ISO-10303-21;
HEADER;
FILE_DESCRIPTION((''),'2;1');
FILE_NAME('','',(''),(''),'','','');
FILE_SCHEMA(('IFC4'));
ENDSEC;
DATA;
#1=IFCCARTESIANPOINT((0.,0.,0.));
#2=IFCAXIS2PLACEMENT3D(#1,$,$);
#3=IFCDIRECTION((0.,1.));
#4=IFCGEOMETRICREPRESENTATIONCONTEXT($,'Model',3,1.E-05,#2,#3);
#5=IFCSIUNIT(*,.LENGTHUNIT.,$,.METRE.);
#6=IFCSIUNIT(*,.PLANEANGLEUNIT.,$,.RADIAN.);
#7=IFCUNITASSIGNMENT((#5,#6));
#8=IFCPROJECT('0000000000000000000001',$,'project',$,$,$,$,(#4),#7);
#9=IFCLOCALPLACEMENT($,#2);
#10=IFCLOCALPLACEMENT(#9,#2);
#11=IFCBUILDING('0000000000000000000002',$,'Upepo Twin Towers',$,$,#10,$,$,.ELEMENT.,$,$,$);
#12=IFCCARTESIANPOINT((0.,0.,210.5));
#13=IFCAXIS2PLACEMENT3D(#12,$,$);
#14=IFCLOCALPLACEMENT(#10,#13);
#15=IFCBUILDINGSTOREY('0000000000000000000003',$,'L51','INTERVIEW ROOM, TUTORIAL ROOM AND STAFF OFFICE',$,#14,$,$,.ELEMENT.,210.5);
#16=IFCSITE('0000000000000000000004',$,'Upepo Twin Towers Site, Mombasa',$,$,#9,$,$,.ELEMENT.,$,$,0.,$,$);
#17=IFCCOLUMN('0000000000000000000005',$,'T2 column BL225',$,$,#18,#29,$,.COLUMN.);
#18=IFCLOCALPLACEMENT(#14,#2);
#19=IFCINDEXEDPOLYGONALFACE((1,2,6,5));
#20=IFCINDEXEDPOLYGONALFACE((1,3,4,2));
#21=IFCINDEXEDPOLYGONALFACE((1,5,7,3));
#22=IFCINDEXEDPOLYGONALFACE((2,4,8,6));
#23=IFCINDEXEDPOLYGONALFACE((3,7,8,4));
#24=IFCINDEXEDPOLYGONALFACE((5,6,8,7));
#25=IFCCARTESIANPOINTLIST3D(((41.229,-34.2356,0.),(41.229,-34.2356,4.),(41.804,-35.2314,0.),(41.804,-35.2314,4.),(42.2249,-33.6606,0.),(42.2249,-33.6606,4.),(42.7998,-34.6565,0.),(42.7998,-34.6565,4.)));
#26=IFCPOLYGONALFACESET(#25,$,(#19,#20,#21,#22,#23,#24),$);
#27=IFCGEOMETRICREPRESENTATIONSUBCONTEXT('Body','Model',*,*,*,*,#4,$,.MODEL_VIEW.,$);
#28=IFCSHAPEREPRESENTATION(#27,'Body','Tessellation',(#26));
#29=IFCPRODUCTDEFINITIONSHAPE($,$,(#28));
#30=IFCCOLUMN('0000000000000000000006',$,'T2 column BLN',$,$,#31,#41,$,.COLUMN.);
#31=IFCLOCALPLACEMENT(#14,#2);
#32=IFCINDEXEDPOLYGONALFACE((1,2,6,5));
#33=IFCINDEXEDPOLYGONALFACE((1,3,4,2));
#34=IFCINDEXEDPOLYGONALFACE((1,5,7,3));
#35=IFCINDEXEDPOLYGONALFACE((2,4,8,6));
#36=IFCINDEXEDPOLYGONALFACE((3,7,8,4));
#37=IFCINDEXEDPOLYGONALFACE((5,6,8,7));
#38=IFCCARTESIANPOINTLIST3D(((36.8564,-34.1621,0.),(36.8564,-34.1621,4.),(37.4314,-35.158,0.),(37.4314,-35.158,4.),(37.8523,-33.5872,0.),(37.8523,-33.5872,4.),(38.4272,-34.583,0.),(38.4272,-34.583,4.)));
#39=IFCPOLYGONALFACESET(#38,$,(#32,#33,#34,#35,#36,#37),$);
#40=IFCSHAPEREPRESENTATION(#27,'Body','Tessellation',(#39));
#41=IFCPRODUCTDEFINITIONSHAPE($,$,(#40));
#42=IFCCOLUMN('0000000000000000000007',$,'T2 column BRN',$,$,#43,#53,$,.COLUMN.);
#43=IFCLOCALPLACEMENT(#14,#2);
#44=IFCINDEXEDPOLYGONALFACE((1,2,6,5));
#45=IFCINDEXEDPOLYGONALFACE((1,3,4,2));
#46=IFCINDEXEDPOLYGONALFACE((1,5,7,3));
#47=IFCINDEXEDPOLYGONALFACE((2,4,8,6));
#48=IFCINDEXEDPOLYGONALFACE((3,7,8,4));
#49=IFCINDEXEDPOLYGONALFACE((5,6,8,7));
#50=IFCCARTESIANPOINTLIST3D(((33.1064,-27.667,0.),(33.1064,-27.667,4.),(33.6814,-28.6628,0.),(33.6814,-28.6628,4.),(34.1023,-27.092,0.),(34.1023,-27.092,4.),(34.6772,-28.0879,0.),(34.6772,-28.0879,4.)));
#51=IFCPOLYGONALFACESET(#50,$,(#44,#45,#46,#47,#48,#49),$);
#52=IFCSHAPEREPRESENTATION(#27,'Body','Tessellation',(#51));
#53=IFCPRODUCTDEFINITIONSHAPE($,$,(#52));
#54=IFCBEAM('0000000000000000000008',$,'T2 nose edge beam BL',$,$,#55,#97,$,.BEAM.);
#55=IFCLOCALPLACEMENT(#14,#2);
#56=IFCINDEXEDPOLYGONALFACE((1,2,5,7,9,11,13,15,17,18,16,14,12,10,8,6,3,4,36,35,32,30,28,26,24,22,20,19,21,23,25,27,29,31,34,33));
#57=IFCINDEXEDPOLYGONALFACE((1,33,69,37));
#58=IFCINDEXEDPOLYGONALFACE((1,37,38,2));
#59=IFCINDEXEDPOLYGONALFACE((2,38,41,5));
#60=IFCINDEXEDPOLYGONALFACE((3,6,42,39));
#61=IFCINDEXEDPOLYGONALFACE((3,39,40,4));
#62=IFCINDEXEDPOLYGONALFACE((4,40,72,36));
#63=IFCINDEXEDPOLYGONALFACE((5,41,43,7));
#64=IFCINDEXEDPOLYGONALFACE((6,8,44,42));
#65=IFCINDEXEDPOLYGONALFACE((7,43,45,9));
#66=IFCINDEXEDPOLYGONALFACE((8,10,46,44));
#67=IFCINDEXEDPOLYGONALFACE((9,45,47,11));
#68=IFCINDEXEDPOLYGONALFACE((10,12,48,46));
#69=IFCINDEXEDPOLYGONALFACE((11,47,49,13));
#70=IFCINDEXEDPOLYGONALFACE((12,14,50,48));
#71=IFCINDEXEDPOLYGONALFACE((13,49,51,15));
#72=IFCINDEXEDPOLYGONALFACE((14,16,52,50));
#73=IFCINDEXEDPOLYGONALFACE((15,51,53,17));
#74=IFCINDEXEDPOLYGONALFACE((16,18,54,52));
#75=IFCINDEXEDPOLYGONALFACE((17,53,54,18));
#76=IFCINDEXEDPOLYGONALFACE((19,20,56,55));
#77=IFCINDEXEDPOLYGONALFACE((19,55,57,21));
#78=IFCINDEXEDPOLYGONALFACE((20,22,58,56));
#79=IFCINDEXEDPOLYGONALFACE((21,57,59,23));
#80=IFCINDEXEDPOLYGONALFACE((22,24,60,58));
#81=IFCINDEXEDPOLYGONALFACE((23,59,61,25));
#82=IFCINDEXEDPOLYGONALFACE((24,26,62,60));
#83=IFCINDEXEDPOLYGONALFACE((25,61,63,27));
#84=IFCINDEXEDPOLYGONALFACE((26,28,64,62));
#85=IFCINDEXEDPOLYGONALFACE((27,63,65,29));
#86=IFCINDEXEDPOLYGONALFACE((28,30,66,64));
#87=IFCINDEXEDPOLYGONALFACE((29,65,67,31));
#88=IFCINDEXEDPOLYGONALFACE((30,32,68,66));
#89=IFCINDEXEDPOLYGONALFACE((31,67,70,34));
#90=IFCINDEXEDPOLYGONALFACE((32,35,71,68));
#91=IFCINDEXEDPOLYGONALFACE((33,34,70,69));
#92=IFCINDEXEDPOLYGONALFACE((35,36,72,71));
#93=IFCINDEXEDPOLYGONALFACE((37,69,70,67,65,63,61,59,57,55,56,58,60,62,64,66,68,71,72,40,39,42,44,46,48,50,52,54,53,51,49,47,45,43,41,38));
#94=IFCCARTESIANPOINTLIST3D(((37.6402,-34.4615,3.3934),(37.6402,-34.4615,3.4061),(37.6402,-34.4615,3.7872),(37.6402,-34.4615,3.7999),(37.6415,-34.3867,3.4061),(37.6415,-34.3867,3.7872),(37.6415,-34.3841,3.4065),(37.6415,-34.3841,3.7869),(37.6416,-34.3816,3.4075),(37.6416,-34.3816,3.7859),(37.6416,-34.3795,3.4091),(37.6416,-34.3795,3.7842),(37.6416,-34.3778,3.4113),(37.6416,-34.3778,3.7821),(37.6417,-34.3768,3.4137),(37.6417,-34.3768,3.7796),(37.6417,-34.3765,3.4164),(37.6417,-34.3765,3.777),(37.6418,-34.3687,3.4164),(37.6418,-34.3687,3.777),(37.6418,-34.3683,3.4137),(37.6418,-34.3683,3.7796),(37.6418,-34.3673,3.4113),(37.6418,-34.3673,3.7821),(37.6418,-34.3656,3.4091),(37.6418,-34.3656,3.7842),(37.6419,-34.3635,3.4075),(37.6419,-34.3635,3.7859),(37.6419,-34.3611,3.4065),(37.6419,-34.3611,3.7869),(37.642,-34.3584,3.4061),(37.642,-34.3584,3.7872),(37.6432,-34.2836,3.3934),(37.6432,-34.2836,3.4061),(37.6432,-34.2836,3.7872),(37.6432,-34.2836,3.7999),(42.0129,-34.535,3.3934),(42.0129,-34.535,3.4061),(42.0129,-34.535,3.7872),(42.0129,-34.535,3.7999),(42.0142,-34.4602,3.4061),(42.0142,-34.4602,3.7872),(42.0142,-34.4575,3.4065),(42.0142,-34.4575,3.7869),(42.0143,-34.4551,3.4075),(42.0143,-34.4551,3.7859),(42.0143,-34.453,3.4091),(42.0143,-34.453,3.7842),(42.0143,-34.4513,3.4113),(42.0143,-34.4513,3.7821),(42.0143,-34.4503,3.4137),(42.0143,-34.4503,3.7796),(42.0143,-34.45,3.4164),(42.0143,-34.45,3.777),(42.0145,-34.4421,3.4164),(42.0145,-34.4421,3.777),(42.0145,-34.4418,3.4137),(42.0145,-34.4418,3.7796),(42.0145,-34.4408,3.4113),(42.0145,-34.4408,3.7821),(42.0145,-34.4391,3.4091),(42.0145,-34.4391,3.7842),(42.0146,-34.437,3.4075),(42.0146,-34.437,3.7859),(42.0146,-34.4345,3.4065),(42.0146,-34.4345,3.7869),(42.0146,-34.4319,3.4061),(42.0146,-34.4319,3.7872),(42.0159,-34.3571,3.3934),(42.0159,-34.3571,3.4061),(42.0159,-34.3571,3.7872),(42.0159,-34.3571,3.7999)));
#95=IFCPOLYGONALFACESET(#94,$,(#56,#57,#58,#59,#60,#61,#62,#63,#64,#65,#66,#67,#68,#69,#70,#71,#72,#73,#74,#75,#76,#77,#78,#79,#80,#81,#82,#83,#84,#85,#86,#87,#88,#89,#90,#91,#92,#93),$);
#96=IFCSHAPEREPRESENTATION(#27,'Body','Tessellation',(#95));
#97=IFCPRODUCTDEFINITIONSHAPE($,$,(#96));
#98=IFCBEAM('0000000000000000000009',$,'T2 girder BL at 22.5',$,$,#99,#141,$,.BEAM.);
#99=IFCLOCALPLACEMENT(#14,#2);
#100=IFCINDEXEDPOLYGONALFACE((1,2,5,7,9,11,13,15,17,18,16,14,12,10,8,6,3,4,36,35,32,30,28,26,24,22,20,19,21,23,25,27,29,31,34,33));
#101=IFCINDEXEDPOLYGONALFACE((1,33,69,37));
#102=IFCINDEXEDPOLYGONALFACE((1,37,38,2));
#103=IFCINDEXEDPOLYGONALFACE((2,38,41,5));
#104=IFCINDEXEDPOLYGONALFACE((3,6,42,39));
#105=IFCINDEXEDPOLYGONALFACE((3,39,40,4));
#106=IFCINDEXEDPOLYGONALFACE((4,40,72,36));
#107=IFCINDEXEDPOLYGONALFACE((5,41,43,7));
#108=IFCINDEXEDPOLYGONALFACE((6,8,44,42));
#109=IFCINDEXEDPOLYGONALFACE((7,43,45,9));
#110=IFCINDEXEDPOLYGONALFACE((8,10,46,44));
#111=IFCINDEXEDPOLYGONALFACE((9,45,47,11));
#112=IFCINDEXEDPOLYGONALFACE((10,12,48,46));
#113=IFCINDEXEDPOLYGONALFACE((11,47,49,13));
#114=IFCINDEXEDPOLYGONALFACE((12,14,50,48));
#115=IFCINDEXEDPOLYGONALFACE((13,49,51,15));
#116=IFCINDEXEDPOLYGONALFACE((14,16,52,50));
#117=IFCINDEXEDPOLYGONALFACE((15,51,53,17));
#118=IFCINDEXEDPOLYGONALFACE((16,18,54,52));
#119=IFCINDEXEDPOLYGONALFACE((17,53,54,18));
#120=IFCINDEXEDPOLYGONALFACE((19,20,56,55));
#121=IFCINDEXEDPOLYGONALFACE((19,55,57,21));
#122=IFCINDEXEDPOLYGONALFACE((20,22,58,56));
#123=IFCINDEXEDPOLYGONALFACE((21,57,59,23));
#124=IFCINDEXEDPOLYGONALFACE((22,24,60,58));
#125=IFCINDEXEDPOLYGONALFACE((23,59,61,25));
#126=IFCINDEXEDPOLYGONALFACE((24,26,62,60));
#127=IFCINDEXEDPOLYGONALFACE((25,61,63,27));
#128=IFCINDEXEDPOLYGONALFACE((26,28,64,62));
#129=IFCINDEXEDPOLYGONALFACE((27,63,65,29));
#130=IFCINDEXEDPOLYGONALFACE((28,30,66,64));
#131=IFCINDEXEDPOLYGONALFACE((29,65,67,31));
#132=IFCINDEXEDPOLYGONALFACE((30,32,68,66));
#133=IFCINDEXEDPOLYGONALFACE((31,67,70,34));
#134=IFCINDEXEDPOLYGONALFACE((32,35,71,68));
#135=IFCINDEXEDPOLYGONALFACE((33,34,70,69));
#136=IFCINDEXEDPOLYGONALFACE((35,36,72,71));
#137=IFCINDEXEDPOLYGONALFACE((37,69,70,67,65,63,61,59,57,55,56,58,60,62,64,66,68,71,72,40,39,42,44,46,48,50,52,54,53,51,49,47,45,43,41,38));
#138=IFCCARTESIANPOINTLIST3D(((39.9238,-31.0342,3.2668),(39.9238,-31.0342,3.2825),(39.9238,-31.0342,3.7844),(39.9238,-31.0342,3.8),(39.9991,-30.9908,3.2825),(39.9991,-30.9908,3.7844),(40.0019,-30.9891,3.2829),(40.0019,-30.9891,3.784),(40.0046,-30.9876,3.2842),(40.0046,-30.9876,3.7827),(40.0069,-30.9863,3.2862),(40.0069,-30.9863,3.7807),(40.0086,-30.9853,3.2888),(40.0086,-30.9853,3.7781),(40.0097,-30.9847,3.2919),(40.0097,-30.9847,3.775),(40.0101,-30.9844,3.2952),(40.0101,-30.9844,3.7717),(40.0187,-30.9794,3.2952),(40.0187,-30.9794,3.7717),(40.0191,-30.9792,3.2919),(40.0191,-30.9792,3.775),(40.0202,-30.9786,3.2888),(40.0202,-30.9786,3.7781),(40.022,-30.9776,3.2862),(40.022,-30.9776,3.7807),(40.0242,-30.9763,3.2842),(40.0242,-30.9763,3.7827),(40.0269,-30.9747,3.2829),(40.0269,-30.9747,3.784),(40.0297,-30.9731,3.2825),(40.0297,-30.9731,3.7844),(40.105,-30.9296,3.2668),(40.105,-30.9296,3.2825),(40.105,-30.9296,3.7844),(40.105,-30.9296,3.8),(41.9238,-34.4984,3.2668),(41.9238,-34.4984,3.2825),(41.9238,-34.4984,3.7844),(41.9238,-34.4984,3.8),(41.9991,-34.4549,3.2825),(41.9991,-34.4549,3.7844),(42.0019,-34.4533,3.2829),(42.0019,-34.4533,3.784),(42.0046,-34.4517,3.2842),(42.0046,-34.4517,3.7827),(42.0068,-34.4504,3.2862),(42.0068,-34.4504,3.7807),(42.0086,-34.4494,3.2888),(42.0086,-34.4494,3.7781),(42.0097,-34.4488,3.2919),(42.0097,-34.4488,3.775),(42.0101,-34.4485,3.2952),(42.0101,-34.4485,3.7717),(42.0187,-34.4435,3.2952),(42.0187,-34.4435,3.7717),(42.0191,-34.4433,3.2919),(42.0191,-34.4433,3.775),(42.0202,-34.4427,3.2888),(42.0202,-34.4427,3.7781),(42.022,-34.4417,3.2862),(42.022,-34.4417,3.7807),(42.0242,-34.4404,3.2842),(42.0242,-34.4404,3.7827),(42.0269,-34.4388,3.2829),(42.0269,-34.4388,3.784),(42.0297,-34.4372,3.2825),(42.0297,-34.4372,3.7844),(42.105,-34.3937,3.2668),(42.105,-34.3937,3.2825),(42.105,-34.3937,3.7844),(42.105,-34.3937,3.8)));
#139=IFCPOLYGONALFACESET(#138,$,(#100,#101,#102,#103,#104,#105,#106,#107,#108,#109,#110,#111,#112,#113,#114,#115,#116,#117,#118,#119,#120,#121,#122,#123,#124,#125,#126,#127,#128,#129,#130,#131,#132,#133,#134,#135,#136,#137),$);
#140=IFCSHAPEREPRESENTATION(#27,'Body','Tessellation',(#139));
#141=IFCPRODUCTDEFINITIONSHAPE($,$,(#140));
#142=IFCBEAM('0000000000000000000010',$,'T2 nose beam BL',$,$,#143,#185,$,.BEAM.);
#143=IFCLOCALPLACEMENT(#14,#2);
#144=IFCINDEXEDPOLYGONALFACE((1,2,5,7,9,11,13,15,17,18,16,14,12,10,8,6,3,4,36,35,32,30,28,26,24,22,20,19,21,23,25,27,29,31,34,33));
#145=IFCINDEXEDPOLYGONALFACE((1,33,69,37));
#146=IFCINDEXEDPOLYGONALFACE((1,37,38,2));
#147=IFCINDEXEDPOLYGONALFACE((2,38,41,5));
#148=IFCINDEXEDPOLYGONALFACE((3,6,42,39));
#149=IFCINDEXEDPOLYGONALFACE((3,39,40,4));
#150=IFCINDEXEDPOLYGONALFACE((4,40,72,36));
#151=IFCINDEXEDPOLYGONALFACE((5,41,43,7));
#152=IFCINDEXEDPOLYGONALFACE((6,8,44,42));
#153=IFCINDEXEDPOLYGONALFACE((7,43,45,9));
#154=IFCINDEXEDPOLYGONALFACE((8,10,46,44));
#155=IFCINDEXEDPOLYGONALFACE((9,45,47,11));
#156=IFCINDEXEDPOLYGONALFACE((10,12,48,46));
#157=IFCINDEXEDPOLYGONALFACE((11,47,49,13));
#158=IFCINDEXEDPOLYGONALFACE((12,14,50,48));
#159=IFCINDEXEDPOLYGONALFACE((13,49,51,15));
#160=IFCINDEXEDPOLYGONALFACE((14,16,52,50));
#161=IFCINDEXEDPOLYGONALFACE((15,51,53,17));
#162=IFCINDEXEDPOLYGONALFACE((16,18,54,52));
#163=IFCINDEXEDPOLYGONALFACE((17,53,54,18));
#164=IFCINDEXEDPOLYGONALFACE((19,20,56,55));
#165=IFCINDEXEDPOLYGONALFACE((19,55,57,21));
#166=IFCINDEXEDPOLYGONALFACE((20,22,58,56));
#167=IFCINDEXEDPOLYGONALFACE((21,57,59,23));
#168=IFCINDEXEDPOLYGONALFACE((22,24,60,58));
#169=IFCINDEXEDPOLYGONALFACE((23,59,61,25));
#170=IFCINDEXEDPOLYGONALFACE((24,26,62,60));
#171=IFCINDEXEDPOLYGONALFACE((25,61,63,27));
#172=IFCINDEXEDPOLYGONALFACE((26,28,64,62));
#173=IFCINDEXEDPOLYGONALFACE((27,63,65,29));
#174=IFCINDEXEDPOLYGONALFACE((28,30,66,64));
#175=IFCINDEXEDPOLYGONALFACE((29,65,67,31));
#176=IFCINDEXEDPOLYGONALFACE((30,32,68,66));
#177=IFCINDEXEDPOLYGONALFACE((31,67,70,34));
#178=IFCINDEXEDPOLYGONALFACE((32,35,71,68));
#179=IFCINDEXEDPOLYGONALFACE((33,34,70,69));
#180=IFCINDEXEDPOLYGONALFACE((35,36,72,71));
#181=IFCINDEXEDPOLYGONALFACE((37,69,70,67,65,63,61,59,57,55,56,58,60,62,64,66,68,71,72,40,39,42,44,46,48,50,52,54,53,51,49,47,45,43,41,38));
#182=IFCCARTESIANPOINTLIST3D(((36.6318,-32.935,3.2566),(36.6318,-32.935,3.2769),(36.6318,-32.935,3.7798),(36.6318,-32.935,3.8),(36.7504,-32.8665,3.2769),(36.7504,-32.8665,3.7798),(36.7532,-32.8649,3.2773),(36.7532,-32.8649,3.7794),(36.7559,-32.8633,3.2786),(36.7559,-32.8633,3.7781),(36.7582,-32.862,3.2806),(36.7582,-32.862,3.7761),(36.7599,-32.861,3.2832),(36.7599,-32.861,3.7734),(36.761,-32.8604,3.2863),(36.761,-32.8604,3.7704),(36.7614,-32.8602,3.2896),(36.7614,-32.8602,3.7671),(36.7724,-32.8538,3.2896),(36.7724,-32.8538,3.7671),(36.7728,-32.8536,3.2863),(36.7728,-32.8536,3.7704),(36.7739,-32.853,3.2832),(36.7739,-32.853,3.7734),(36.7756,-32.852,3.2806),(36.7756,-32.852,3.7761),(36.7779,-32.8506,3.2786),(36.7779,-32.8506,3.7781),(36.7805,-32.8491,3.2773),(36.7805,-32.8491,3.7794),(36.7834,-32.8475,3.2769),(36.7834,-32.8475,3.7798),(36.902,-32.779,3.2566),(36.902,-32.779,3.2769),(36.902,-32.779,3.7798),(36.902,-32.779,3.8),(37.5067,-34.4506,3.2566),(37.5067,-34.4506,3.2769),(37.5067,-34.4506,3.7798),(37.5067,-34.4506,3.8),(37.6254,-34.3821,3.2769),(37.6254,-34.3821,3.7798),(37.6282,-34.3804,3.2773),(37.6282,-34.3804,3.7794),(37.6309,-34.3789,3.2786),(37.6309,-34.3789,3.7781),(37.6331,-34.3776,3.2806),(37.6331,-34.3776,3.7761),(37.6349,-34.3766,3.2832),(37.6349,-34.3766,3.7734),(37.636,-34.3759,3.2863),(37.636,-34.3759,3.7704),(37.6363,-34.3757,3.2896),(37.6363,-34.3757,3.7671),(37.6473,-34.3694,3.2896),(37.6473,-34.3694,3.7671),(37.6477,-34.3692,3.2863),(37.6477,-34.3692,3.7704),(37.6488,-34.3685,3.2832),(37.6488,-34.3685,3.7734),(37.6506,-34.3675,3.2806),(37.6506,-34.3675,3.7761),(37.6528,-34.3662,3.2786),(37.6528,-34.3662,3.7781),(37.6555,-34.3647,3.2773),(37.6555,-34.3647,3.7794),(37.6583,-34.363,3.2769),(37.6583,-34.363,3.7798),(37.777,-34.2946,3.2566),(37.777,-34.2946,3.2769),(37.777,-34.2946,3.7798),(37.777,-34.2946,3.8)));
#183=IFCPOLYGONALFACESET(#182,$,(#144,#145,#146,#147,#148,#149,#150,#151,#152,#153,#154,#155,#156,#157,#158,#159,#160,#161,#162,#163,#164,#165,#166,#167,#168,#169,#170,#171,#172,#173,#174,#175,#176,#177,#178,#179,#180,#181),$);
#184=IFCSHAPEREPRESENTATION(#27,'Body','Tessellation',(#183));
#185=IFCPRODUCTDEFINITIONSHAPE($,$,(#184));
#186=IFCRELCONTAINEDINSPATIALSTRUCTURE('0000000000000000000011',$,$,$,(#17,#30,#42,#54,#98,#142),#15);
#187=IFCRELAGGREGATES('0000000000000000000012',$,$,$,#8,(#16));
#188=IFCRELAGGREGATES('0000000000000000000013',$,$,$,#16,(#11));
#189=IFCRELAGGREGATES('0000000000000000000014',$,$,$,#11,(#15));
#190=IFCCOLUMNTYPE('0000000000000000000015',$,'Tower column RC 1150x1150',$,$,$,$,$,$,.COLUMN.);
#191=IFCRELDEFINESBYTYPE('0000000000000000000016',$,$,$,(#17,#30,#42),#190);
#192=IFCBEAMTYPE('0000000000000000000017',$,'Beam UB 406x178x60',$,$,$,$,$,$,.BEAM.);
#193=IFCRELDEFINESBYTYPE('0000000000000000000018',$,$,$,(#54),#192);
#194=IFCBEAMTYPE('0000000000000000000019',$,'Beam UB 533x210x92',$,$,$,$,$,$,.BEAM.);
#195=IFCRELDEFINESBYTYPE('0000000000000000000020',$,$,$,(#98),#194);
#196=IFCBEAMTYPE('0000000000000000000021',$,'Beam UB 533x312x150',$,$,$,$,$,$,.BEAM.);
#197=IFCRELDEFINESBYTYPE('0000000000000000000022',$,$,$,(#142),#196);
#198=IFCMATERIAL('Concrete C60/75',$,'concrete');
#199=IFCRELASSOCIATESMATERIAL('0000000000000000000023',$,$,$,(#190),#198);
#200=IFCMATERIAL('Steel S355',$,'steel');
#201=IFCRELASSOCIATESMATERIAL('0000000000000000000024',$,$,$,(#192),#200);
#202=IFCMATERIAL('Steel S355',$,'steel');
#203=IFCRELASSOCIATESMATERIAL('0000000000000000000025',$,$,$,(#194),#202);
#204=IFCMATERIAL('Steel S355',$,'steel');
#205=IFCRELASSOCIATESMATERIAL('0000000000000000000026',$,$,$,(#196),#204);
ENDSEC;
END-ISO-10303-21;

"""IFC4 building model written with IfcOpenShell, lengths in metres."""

from ifc_helpers import new_model, si_unit, direction, frame, origin, origin_2d, place, context, subcontext, project, spatial, rectangle, i_section, extrude, material, material_profile, profile_set, type_object, element, save


model = new_model("IFC4")

# Units and contexts
model_context = context("Model", 3, precision=1e-05, world=origin(), true_north=direction((0.0, 1.0)))
body_context = subcontext(model_context, "Body", "Model", "MODEL_VIEW")
ifc_project = project(units=[si_unit("LENGTHUNIT", "METRE"), si_unit("PLANEANGLEUNIT", "RADIAN")], contexts=[model_context])

# Site, building, storey
site_placement = place(None, origin())
site = spatial("IfcSite", under=ifc_project, at=site_placement, Name="Upepo Twin Towers Site, Mombasa", CompositionType="ELEMENT", RefElevation=0.0)
building_placement = place(site_placement, origin())
building = spatial("IfcBuilding", under=site, at=building_placement, Name="Upepo Twin Towers", CompositionType="ELEMENT")
storey_placement = place(building_placement, frame((0.0, 0.0, 210.5)))
storey = spatial("IfcBuildingStorey", under=building, at=storey_placement, Name="L51", Description="INTERVIEW ROOM, TUTORIAL ROOM AND STAFF OFFICE", CompositionType="ELEMENT", Elevation=210.5)

# Columns
ifc_material_1 = material(Name="Concrete C60/75", Category="concrete")
ifc_material_profile_1 = material_profile(ifc_material_1, rectangle(XDim=1.1499, YDim=1.1499, at=origin_2d()), Name="RC 1150x1150")
ifc_profile_set_1 = profile_set([ifc_material_profile_1], Name="Concrete C60/75")
column_type = type_object("IfcColumnType", Name="Tower column RC 1150x1150", PredefinedType="COLUMN", material=ifc_profile_set_1)
for number, where, z_axis, x_axis, name in (
    (1, (42.0144, -34.446, 0.0), (0.0, 0.0, 1.0), (0.866025, 0.5, 0.0), "T2 column BL225"),
    (2, (37.6418, -34.3726, 0.0), (0.0, 0.0, 1.0), (0.866025, 0.5, 0.0), "T2 column BLN"),
    (3, (33.8918, -27.8774, 0.0), (0.0, 0.0, 1.0), (0.866025, 0.5, 0.0), "T2 column BRN"),
):
    element("IfcColumn", number, at=place(storey_placement, frame(where, z_axis=z_axis, x_axis=x_axis)), inside=storey, type_object=column_type, Name=name, PredefinedType="COLUMN", context=body_context, shape_type="SweptSolid", body=[
        extrude(rectangle(XDim=1.1499, YDim=1.1499, at=origin_2d()), origin(), (0.0, 0.0, 1.0), 4.0),
    ])

# Beams
ifc_material_2 = material(Name="Steel S355", Category="steel")
ifc_material_profile_2 = material_profile(ifc_material_2, i_section(OverallWidth=0.178, OverallDepth=0.4065, WebThickness=0.0078, FlangeThickness=0.0127, FilletRadius=0.0103, at=origin_2d()), Name="UB 406x178x60")
ifc_profile_set_2 = profile_set([ifc_material_profile_2], Name="Steel S355")
beam_type_1 = type_object("IfcBeamType", Name="Beam UB 406x178x60", PredefinedType="BEAM", material=ifc_profile_set_2)
beam_1_placement = place(storey_placement, frame((42.0144, -34.446, 3.5967), z_axis=(-0.999859, 0.016804, 0.0), x_axis=(-0.016804, -0.999859, 0.0)))
element("IfcBeam", 4, at=beam_1_placement, inside=storey, type_object=beam_type_1, Name="T2 nose edge beam BL", PredefinedType="BEAM", context=body_context, shape_type="SweptSolid", body=[
    extrude(i_section(OverallWidth=0.178, OverallDepth=0.4065, WebThickness=0.0078, FlangeThickness=0.0127, FilletRadius=0.0103, at=origin_2d()), origin(), (0.0, 0.0, 1.0), 4.3733),
])
ifc_material_3 = material(Name="Steel S355", Category="steel")
ifc_material_profile_3 = material_profile(ifc_material_3, i_section(OverallWidth=0.2092, OverallDepth=0.5332, WebThickness=0.01, FlangeThickness=0.0156, FilletRadius=0.0127, at=origin_2d()), Name="UB 533x210x92")
ifc_profile_set_3 = profile_set([ifc_material_profile_3], Name="Steel S355")
beam_type_2 = type_object("IfcBeamType", Name="Beam UB 533x210x92", PredefinedType="BEAM", material=ifc_profile_set_3)
beam_2_placement = place(storey_placement, frame((42.0144, -34.446, 3.5334), z_axis=(-0.499999, 0.866026, 0.0), x_axis=(-0.866026, -0.499999, 0.0)))
element("IfcBeam", 5, at=beam_2_placement, inside=storey, type_object=beam_type_2, Name="T2 girder BL at 22.5", PredefinedType="BEAM", context=body_context, shape_type="SweptSolid", body=[
    extrude(i_section(OverallWidth=0.2092, OverallDepth=0.5332, WebThickness=0.01, FlangeThickness=0.0156, FilletRadius=0.0127, at=origin_2d()), origin(), (0.0, 0.0, 1.0), 4.0),
])
ifc_material_4 = material(Name="Steel S355", Category="steel")
ifc_material_profile_4 = material_profile(ifc_material_4, i_section(OverallWidth=0.312, OverallDepth=0.5435, WebThickness=0.0127, FlangeThickness=0.0203, FilletRadius=0.0127, at=origin_2d()), Name="UB 533x312x150")
ifc_profile_set_4 = profile_set([ifc_material_profile_4], Name="Steel S355")
beam_type_3 = type_object("IfcBeamType", Name="Beam UB 533x312x150", PredefinedType="BEAM", material=ifc_profile_set_4)
for number, where, z_axis, x_axis, name in (
    (6, (37.6418, -34.3726, 3.5283), (-0.49998, 0.866037, 0.0), (-0.866037, -0.49998, 0.0), "T2 nose beam BL"),
):
    element("IfcBeam", number, at=place(storey_placement, frame(where, z_axis=z_axis, x_axis=x_axis)), inside=storey, type_object=beam_type_3, Name=name, PredefinedType="BEAM", context=body_context, shape_type="SweptSolid", body=[
        extrude(i_section(OverallWidth=0.312, OverallDepth=0.5435, WebThickness=0.0127, FlangeThickness=0.0203, FilletRadius=0.0127, at=origin_2d()), origin(), (0.0, 0.0, 1.0), 1.75),
    ])

save(model, "model.ifc")
